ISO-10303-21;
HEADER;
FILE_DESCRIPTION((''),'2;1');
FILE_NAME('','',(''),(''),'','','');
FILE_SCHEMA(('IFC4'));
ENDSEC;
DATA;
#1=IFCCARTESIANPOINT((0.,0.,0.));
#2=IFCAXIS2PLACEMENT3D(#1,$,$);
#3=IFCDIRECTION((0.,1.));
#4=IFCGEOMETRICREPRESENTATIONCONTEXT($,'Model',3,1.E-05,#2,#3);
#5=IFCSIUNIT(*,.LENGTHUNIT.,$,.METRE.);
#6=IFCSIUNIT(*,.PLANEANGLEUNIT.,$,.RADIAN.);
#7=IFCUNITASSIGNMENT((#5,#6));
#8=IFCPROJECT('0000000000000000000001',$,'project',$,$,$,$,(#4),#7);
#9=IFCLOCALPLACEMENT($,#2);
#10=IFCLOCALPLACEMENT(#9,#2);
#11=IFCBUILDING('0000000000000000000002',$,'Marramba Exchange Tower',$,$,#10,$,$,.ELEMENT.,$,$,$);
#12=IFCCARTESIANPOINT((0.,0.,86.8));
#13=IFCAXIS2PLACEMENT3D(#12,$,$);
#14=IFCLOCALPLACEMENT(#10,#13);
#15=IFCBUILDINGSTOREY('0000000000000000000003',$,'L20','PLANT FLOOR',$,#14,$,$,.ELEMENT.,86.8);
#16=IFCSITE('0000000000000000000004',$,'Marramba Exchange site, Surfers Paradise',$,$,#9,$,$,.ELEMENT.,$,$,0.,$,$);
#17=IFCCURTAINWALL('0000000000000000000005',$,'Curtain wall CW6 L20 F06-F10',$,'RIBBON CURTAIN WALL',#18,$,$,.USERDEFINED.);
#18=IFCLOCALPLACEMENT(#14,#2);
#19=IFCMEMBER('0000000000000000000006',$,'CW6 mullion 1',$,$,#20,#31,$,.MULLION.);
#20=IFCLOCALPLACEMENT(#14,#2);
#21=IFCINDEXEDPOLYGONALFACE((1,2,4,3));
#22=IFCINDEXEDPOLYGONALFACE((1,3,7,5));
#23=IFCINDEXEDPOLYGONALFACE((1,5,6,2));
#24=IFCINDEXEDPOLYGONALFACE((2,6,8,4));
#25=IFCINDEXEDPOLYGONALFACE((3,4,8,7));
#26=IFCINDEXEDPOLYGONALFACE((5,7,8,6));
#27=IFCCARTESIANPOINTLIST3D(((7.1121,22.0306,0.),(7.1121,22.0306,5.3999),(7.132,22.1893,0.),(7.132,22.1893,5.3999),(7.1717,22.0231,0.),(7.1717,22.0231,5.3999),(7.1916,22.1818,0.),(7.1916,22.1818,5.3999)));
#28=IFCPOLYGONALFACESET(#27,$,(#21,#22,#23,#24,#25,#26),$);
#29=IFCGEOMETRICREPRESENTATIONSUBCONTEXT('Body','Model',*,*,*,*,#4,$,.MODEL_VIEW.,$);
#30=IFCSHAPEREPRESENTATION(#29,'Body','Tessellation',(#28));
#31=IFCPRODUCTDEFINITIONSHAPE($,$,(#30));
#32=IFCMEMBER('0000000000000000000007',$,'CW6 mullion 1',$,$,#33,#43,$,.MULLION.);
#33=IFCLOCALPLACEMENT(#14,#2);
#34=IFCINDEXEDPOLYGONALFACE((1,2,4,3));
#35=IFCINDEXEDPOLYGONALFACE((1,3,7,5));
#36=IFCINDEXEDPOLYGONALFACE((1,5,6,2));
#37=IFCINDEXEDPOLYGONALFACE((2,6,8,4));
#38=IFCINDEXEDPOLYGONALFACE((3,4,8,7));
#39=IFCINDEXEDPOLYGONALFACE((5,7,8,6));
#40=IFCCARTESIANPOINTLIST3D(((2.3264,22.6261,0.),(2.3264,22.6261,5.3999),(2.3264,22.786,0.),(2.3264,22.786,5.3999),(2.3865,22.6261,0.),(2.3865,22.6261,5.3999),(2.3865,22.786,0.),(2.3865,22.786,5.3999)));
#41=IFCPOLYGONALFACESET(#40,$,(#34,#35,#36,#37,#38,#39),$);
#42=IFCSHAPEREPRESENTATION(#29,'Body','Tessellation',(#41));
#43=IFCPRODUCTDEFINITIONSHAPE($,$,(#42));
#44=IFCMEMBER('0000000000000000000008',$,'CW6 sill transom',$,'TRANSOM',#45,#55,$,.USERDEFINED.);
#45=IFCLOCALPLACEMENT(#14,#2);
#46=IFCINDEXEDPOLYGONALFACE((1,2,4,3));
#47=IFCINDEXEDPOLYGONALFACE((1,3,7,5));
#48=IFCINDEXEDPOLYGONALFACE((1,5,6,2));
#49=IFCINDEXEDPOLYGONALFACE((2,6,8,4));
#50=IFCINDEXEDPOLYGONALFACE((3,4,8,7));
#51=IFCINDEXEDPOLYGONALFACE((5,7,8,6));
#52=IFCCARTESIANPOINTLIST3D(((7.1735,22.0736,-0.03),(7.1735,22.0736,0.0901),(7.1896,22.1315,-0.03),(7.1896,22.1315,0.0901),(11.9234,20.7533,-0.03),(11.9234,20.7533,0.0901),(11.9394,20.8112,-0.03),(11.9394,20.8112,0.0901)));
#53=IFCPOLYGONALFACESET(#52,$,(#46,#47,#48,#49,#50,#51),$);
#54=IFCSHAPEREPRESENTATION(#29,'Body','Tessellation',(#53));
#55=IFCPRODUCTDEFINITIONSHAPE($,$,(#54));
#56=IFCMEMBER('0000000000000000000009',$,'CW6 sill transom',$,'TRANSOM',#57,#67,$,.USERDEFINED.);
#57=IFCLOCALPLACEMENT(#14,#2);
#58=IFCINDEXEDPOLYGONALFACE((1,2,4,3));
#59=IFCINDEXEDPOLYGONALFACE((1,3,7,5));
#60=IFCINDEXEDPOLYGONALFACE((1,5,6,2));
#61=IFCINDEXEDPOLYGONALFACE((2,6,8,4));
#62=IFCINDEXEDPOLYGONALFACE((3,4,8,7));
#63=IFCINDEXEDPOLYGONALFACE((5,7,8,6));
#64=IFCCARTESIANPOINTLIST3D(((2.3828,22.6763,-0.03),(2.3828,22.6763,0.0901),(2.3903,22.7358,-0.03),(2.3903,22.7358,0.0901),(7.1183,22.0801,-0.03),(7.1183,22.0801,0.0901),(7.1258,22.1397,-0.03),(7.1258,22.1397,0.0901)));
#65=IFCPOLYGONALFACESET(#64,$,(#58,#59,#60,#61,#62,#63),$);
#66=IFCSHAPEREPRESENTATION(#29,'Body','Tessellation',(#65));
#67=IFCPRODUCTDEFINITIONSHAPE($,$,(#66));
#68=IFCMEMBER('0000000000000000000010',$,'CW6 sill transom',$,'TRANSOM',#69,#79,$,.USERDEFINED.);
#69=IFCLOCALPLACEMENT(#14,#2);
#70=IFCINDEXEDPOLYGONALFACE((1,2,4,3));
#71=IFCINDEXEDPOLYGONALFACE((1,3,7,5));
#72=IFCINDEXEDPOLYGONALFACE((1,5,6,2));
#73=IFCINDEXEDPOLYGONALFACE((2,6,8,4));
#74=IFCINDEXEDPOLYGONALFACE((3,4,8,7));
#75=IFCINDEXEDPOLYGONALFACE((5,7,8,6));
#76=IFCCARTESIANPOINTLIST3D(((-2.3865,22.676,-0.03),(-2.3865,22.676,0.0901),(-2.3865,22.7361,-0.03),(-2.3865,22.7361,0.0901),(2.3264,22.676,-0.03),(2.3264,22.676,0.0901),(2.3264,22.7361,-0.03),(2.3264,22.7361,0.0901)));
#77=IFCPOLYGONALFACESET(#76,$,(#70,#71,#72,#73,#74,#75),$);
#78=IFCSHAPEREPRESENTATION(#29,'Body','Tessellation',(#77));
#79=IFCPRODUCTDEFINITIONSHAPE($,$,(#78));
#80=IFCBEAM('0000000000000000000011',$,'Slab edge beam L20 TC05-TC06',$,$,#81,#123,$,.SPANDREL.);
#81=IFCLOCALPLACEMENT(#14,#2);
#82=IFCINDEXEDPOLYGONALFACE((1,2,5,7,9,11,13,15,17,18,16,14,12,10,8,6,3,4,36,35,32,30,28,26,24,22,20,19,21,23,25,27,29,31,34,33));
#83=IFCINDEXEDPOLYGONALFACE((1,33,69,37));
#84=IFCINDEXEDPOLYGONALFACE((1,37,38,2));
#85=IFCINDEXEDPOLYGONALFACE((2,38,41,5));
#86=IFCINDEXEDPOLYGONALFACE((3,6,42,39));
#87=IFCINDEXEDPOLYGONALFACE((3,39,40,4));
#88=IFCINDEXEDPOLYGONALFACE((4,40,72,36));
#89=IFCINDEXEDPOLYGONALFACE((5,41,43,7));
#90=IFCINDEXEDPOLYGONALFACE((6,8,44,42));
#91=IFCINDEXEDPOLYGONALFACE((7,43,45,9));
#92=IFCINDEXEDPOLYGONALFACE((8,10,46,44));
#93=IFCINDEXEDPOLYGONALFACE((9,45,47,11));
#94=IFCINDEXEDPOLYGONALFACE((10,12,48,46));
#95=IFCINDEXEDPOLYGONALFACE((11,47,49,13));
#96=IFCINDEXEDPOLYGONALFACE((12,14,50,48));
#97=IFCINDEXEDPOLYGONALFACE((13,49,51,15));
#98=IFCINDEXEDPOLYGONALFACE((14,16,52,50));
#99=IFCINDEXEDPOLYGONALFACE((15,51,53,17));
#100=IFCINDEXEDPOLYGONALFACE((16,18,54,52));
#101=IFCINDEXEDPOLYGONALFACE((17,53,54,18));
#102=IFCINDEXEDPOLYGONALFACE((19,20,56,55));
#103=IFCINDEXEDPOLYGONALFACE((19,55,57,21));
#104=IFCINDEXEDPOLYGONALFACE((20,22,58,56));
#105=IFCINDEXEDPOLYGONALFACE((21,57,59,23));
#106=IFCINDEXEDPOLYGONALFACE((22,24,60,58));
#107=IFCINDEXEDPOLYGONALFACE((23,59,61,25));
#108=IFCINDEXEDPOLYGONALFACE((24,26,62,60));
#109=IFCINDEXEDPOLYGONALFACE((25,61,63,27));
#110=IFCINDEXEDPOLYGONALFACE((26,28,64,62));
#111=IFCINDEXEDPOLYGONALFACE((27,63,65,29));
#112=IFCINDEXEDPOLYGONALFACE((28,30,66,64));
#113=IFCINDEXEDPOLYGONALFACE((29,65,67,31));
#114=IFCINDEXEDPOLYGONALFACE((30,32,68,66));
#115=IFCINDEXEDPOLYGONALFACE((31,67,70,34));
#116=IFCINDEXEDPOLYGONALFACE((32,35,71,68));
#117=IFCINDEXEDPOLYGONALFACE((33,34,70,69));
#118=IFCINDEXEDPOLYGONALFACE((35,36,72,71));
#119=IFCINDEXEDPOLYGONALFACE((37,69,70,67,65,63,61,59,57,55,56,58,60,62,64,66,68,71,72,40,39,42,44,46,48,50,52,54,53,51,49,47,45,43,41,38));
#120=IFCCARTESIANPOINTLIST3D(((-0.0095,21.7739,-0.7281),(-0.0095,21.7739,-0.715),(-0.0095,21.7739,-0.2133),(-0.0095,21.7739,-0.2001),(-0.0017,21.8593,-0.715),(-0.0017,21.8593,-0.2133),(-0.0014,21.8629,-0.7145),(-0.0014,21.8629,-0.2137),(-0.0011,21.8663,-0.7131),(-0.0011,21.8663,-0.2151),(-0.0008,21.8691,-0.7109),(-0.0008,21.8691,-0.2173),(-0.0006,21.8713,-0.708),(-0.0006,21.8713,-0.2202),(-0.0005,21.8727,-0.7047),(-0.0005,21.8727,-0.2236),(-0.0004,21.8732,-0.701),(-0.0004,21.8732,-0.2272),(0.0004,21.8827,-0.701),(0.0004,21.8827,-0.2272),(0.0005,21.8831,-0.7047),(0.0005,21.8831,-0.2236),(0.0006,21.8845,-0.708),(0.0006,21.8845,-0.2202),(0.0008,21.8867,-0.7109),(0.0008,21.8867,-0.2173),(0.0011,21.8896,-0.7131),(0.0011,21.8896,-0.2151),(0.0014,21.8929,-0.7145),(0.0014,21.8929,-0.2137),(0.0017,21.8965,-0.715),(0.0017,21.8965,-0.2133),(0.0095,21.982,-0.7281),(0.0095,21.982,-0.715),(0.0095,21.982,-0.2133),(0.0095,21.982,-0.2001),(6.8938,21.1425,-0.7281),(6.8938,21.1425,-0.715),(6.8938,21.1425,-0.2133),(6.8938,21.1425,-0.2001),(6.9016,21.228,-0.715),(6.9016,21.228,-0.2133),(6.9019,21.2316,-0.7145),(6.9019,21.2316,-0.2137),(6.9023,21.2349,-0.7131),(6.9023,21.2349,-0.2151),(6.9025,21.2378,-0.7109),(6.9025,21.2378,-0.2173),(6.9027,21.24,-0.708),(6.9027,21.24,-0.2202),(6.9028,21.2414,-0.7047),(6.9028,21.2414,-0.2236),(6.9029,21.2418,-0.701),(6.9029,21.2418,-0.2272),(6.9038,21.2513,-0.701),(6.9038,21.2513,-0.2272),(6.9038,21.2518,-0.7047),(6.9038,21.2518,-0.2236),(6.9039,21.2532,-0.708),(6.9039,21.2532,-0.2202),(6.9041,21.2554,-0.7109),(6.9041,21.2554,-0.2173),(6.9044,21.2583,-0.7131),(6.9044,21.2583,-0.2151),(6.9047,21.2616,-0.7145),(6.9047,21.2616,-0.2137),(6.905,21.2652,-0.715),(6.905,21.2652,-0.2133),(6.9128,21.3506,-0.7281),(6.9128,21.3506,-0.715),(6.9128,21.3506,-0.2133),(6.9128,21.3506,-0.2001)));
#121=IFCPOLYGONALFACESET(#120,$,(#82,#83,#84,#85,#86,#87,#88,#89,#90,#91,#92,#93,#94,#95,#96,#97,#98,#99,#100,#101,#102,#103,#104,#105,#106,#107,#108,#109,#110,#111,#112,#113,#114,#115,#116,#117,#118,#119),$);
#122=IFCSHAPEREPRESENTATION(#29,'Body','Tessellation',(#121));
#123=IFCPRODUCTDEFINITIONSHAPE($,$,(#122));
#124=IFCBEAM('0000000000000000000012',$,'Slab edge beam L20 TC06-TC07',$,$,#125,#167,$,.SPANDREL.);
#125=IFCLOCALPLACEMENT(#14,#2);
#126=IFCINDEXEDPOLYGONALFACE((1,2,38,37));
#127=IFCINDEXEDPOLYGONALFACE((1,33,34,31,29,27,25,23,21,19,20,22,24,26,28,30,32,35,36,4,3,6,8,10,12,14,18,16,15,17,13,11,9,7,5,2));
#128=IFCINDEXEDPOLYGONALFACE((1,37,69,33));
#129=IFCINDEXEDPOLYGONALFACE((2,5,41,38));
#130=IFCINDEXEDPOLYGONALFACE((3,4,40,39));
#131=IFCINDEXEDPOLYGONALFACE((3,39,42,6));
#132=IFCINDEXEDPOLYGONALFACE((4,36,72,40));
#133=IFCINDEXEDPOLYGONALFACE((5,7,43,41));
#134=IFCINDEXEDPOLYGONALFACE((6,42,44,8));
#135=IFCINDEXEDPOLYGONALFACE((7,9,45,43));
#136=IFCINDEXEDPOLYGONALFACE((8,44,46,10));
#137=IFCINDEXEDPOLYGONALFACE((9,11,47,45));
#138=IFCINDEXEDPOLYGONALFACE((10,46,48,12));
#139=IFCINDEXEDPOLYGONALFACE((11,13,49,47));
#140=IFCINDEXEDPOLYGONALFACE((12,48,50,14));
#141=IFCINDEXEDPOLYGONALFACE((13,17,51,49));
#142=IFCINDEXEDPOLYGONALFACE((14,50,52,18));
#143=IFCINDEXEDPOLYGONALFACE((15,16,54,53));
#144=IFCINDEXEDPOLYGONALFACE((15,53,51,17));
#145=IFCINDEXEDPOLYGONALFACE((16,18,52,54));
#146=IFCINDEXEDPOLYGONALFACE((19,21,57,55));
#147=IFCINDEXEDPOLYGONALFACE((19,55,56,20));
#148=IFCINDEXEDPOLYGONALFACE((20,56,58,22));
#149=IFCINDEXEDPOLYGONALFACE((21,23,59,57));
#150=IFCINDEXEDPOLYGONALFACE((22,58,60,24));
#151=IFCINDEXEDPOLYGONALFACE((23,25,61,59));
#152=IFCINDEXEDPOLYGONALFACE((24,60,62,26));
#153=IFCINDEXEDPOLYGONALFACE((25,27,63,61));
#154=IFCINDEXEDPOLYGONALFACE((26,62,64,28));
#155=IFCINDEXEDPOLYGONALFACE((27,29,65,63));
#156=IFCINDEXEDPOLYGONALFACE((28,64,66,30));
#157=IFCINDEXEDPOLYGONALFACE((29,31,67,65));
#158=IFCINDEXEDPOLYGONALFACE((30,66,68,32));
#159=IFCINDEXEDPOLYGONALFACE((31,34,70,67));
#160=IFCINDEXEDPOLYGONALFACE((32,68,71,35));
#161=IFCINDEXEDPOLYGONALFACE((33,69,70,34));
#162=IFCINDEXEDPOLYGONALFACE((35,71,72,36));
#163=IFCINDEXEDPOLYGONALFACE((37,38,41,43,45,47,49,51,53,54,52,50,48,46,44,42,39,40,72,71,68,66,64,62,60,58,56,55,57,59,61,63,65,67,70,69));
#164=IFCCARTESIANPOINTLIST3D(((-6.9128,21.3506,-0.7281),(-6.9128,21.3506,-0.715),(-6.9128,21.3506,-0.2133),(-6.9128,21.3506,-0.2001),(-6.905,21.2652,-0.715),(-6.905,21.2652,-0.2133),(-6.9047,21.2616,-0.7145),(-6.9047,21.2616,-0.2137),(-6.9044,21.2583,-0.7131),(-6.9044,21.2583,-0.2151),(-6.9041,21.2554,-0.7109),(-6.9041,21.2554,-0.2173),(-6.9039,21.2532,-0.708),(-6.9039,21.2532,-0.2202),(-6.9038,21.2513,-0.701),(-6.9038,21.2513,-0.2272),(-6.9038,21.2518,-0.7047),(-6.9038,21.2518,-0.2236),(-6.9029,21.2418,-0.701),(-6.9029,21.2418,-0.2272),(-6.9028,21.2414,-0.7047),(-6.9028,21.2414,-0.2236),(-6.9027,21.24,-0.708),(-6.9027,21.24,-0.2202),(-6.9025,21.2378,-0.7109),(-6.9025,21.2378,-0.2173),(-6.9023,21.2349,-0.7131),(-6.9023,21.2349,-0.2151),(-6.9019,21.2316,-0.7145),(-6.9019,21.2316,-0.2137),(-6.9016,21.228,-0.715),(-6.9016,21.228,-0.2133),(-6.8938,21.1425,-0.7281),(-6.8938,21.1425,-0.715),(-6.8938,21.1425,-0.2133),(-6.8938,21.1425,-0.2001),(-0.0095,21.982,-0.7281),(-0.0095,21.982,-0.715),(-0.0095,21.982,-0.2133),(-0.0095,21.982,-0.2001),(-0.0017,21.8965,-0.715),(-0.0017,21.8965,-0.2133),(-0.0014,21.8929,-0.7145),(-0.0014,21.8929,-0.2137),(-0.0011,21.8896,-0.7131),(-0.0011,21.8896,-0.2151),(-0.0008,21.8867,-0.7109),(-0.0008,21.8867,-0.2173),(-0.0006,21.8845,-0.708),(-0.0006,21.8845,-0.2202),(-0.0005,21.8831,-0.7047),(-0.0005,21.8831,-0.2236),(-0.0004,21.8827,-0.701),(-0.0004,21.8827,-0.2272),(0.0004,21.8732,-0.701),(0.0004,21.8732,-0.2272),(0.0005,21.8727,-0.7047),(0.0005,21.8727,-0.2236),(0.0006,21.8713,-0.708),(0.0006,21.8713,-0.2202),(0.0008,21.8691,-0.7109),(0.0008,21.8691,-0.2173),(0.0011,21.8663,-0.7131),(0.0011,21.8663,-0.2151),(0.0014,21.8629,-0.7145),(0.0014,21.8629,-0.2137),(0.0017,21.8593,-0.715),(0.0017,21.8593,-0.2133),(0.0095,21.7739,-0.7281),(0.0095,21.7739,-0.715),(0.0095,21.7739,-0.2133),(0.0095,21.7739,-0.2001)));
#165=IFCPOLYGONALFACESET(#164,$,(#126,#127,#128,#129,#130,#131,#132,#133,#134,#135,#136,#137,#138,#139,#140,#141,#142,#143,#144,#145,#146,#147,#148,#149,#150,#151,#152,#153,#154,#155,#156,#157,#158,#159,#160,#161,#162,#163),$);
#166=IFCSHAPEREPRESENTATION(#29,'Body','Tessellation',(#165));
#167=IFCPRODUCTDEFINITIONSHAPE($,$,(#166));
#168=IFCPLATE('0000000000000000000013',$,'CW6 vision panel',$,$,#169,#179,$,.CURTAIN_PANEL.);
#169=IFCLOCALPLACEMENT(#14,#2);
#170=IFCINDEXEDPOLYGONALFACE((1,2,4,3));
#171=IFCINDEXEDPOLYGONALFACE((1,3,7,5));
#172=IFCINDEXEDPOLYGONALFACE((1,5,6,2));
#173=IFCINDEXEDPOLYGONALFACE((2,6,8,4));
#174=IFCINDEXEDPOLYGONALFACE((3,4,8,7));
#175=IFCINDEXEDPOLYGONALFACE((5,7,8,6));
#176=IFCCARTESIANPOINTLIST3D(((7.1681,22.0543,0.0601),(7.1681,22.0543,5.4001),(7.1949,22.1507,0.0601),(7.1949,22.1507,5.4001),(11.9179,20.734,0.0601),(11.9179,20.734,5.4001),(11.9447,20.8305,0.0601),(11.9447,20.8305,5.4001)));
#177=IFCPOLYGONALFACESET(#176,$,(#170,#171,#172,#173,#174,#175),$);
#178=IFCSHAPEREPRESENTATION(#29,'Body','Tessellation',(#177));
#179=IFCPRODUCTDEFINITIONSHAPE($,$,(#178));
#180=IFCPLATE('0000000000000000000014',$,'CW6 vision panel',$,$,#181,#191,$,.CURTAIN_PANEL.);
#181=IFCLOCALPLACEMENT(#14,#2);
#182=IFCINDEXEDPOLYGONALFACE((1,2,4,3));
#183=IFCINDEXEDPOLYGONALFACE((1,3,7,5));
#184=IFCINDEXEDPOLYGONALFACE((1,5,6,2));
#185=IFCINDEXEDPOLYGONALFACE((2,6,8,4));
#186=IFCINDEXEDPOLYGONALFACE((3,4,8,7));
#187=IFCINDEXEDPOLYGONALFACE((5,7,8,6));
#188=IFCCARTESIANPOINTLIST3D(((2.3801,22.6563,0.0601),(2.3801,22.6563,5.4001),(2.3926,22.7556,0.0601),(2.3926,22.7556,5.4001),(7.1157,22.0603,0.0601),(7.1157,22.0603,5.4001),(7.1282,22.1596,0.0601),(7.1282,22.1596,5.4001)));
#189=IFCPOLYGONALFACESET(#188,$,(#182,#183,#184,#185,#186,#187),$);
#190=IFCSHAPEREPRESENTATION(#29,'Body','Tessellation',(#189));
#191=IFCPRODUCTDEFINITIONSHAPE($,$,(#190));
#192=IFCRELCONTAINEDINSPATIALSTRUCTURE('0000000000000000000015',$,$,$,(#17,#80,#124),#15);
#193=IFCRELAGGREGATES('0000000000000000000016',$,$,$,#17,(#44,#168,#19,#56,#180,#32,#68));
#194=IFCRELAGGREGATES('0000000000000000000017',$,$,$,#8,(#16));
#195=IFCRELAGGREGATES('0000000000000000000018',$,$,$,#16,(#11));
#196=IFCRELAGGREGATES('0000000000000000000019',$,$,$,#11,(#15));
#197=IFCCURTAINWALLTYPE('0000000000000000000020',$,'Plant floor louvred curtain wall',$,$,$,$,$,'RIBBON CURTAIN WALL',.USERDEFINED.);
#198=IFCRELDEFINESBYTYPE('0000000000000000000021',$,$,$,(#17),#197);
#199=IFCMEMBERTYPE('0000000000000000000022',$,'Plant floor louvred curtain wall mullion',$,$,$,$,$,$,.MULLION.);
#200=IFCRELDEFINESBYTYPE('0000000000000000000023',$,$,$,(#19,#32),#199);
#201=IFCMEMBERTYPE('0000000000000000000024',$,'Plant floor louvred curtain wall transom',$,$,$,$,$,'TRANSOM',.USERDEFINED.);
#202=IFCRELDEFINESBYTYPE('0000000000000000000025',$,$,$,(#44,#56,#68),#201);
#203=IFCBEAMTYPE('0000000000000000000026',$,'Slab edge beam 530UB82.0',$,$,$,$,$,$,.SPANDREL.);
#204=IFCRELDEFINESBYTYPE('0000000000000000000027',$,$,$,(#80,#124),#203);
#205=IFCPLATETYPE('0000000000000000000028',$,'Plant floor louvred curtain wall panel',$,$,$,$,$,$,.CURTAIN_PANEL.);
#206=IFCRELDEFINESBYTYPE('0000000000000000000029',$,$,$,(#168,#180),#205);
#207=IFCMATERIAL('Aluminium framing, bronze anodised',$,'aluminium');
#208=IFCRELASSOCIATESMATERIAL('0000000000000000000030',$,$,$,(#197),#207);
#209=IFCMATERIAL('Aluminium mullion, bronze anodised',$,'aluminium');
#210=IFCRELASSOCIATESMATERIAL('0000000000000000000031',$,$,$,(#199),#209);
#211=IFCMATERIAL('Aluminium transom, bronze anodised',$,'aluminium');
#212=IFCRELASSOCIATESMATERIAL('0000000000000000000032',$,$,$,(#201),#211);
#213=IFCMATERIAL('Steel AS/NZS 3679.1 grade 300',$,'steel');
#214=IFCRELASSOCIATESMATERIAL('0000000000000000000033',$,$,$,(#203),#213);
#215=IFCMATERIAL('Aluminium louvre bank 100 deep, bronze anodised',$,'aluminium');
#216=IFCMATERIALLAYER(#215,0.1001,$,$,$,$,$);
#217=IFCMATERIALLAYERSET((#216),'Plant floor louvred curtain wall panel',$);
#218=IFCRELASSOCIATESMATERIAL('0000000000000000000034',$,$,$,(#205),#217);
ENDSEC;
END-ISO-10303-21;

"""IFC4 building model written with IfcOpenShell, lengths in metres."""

from ifc_helpers import new_model, si_unit, direction, frame, origin, origin_2d, place, context, subcontext, project, spatial, rectangle, i_section, extrude, material, layer, layer_set, material_profile, profile_set, type_object, element, aggregate, save


model = new_model("IFC4")

# Units and contexts
model_context = context("Model", 3, precision=1e-05, world=origin(), true_north=direction((0.0, 1.0)))
body_context = subcontext(model_context, "Body", "Model", "MODEL_VIEW")
ifc_project = project(units=[si_unit("LENGTHUNIT", "METRE"), si_unit("PLANEANGLEUNIT", "RADIAN")], contexts=[model_context])

# Site, building, storey
site_placement = place(None, origin())
site = spatial("IfcSite", under=ifc_project, at=site_placement, Name="Marramba Exchange site, Surfers Paradise", CompositionType="ELEMENT", RefElevation=0.0)
building_placement = place(site_placement, origin())
building = spatial("IfcBuilding", under=site, at=building_placement, Name="Marramba Exchange Tower", CompositionType="ELEMENT")
storey_placement = place(building_placement, frame((0.0, 0.0, 86.8)))
storey = spatial("IfcBuildingStorey", under=building, at=storey_placement, Name="L20", Description="PLANT FLOOR", CompositionType="ELEMENT", Elevation=86.8)

# Curtain wall, members
ifc_material_1 = material(Name="Aluminium framing, bronze anodised", Category="aluminium")
curtain_wall_type = type_object("IfcCurtainWallType", Name="Plant floor louvred curtain wall", ElementType="RIBBON CURTAIN WALL", PredefinedType="USERDEFINED", material=ifc_material_1)
curtain_wall_placement = place(storey_placement, origin())
curtain_wall = element("IfcCurtainWall", 1, at=curtain_wall_placement, inside=storey, type_object=curtain_wall_type, Name="Curtain wall CW6 L20 F06-F10", ObjectType="RIBBON CURTAIN WALL", PredefinedType="USERDEFINED")
ifc_material_2 = material(Name="Aluminium mullion, bronze anodised", Category="aluminium")
ifc_material_profile_1 = material_profile(ifc_material_2, rectangle(XDim=0.1599, YDim=0.0601, at=origin_2d()), Name="CW6 mullion 60x160")
ifc_profile_set_1 = profile_set([ifc_material_profile_1], Name="Aluminium mullion, bronze anodised")
member_type_1 = type_object("IfcMemberType", Name="Plant floor louvred curtain wall mullion", PredefinedType="MULLION", material=ifc_profile_set_1)
member_1_placement = place(storey_placement, frame((7.1519, 22.1062, 0.0), z_axis=(0.0, 0.0, 1.0), x_axis=(-0.124873, -0.992173, 0.0)))
member_1 = element("IfcMember", 2, at=member_1_placement, type_object=member_type_1, Name="CW6 mullion 1", PredefinedType="MULLION", context=body_context, shape_type="SweptSolid", body=[
    extrude(rectangle(XDim=0.1599, YDim=0.0601, at=origin_2d()), origin(), (0.0, 0.0, 1.0), 5.3999),
])
member_2_placement = place(storey_placement, frame((2.3564, 22.7061, 0.0), z_axis=(0.0, 0.0, 1.0), x_axis=(0.0, -1.0, 0.0)))
member_2 = element("IfcMember", 3, at=member_2_placement, type_object=member_type_1, Name="CW6 mullion 1", PredefinedType="MULLION", context=body_context, shape_type="SweptSolid", body=[
    extrude(rectangle(XDim=0.1599, YDim=0.0601, at=origin_2d()), origin(), (0.0, 0.0, 1.0), 5.3999),
])
ifc_material_3 = material(Name="Aluminium transom, bronze anodised", Category="aluminium")
ifc_material_profile_2 = material_profile(ifc_material_3, rectangle(XDim=0.0601, YDim=0.1201, at=origin_2d()), Name="CW6 transom 60x120")
ifc_profile_set_2 = profile_set([ifc_material_profile_2], Name="Aluminium transom, bronze anodised")
member_type_2 = type_object("IfcMemberType", Name="Plant floor louvred curtain wall transom", ElementType="TRANSOM", PredefinedType="USERDEFINED", material=ifc_profile_set_2)
member_3_placement = place(storey_placement, frame((11.9314, 20.7822, 0.03), z_axis=(-0.963469, 0.26782, 0.0), x_axis=(-0.26782, -0.963469, 0.0)))
member_3 = element("IfcMember", 4, at=member_3_placement, type_object=member_type_2, Name="CW6 sill transom", ObjectType="TRANSOM", PredefinedType="USERDEFINED", context=body_context, shape_type="SweptSolid", body=[
    extrude(rectangle(XDim=0.0601, YDim=0.1201, at=origin_2d()), origin(), (0.0, 0.0, 1.0), 4.9299),
])
member_4_placement = place(storey_placement, frame((7.1221, 22.1099, 0.03), z_axis=(-0.992168, 0.12491, 0.0), x_axis=(-0.12491, -0.992168, 0.0)))
member_4 = element("IfcMember", 5, at=member_4_placement, type_object=member_type_2, Name="CW6 sill transom", ObjectType="TRANSOM", PredefinedType="USERDEFINED", context=body_context, shape_type="SweptSolid", body=[
    extrude(rectangle(XDim=0.0601, YDim=0.1201, at=origin_2d()), origin(), (0.0, 0.0, 1.0), 4.7729),
])
member_5_placement = place(storey_placement, frame((2.3264, 22.7061, 0.03), z_axis=(-1.0, 0.0, 0.0), x_axis=(0.0, -1.0, 0.0)))
member_5 = element("IfcMember", 6, at=member_5_placement, type_object=member_type_2, Name="CW6 sill transom", ObjectType="TRANSOM", PredefinedType="USERDEFINED", context=body_context, shape_type="SweptSolid", body=[
    extrude(rectangle(XDim=0.0601, YDim=0.1201, at=origin_2d()), origin(), (0.0, 0.0, 1.0), 4.7129),
])

# Beams
ifc_material_4 = material(Name="Steel AS/NZS 3679.1 grade 300", Category="steel")
ifc_material_profile_3 = material_profile(ifc_material_4, i_section(OverallWidth=0.209, OverallDepth=0.5281, WebThickness=0.0095, FlangeThickness=0.0132, FilletRadius=0.0139, at=origin_2d()), Name="530UB82.0")
ifc_profile_set_3 = profile_set([ifc_material_profile_3], Name="Steel AS/NZS 3679.1 grade 300")
beam_type_1 = type_object("IfcBeamType", Name="Slab edge beam 530UB82.0", PredefinedType="SPANDREL", material=ifc_profile_set_3)
for number, where, z_axis, x_axis, name in (
    (7, (6.9033, 21.2466, -0.4641), (-0.995844, 0.091076, 0.0), (-0.091076, -0.995844, 0.0), "Slab edge beam L20 TC05-TC06"),
    (8, (0.0, 21.8779, -0.4641), (-0.995844, -0.091076, 0.0), (0.091076, -0.995844, 0.0), "Slab edge beam L20 TC06-TC07"),
):
    element("IfcBeam", number, at=place(storey_placement, frame(where, z_axis=z_axis, x_axis=x_axis)), inside=storey, type_object=beam_type_1, Name=name, PredefinedType="SPANDREL", context=body_context, shape_type="SweptSolid", body=[
        extrude(i_section(OverallWidth=0.209, OverallDepth=0.5281, WebThickness=0.0095, FlangeThickness=0.0132, FilletRadius=0.0139, at=origin_2d()), origin(), (0.0, 0.0, 1.0), 6.9321),
    ])

# Plates
ifc_material_5 = material(Name="Aluminium louvre bank 100 deep, bronze anodised", Category="aluminium")
ifc_layer = layer(ifc_material_5, 0.1001)
ifc_layer_set = layer_set([ifc_layer], Name="Plant floor louvred curtain wall panel")
plate_type = type_object("IfcPlateType", Name="Plant floor louvred curtain wall panel", PredefinedType="CURTAIN_PANEL", material=ifc_layer_set)
plate_1_placement = place(storey_placement, frame((9.5564, 21.4424, 0.0601), z_axis=(0.0, 0.0, 1.0), x_axis=(-0.963472, 0.267809, 0.0)))
plate_1 = element("IfcPlate", 9, at=plate_1_placement, type_object=plate_type, Name="CW6 vision panel", PredefinedType="CURTAIN_PANEL", context=body_context, shape_type="SweptSolid", body=[
    extrude(rectangle(XDim=4.9299, YDim=0.1001, at=origin_2d()), origin(), (0.0, 0.0, 1.0), 5.3401),
])
plate_2_placement = place(storey_placement, frame((4.7542, 22.408, 0.0601), z_axis=(0.0, 0.0, 1.0), x_axis=(-0.992173, 0.124873, 0.0)))
plate_2 = element("IfcPlate", 10, at=plate_2_placement, type_object=plate_type, Name="CW6 vision panel", PredefinedType="CURTAIN_PANEL", context=body_context, shape_type="SweptSolid", body=[
    extrude(rectangle(XDim=4.7729, YDim=0.1001, at=origin_2d()), origin(), (0.0, 0.0, 1.0), 5.3401),
])
aggregate(curtain_wall, [member_3, plate_1, member_1, member_4, plate_2, member_2, member_5])

save(model, "model.ifc")
